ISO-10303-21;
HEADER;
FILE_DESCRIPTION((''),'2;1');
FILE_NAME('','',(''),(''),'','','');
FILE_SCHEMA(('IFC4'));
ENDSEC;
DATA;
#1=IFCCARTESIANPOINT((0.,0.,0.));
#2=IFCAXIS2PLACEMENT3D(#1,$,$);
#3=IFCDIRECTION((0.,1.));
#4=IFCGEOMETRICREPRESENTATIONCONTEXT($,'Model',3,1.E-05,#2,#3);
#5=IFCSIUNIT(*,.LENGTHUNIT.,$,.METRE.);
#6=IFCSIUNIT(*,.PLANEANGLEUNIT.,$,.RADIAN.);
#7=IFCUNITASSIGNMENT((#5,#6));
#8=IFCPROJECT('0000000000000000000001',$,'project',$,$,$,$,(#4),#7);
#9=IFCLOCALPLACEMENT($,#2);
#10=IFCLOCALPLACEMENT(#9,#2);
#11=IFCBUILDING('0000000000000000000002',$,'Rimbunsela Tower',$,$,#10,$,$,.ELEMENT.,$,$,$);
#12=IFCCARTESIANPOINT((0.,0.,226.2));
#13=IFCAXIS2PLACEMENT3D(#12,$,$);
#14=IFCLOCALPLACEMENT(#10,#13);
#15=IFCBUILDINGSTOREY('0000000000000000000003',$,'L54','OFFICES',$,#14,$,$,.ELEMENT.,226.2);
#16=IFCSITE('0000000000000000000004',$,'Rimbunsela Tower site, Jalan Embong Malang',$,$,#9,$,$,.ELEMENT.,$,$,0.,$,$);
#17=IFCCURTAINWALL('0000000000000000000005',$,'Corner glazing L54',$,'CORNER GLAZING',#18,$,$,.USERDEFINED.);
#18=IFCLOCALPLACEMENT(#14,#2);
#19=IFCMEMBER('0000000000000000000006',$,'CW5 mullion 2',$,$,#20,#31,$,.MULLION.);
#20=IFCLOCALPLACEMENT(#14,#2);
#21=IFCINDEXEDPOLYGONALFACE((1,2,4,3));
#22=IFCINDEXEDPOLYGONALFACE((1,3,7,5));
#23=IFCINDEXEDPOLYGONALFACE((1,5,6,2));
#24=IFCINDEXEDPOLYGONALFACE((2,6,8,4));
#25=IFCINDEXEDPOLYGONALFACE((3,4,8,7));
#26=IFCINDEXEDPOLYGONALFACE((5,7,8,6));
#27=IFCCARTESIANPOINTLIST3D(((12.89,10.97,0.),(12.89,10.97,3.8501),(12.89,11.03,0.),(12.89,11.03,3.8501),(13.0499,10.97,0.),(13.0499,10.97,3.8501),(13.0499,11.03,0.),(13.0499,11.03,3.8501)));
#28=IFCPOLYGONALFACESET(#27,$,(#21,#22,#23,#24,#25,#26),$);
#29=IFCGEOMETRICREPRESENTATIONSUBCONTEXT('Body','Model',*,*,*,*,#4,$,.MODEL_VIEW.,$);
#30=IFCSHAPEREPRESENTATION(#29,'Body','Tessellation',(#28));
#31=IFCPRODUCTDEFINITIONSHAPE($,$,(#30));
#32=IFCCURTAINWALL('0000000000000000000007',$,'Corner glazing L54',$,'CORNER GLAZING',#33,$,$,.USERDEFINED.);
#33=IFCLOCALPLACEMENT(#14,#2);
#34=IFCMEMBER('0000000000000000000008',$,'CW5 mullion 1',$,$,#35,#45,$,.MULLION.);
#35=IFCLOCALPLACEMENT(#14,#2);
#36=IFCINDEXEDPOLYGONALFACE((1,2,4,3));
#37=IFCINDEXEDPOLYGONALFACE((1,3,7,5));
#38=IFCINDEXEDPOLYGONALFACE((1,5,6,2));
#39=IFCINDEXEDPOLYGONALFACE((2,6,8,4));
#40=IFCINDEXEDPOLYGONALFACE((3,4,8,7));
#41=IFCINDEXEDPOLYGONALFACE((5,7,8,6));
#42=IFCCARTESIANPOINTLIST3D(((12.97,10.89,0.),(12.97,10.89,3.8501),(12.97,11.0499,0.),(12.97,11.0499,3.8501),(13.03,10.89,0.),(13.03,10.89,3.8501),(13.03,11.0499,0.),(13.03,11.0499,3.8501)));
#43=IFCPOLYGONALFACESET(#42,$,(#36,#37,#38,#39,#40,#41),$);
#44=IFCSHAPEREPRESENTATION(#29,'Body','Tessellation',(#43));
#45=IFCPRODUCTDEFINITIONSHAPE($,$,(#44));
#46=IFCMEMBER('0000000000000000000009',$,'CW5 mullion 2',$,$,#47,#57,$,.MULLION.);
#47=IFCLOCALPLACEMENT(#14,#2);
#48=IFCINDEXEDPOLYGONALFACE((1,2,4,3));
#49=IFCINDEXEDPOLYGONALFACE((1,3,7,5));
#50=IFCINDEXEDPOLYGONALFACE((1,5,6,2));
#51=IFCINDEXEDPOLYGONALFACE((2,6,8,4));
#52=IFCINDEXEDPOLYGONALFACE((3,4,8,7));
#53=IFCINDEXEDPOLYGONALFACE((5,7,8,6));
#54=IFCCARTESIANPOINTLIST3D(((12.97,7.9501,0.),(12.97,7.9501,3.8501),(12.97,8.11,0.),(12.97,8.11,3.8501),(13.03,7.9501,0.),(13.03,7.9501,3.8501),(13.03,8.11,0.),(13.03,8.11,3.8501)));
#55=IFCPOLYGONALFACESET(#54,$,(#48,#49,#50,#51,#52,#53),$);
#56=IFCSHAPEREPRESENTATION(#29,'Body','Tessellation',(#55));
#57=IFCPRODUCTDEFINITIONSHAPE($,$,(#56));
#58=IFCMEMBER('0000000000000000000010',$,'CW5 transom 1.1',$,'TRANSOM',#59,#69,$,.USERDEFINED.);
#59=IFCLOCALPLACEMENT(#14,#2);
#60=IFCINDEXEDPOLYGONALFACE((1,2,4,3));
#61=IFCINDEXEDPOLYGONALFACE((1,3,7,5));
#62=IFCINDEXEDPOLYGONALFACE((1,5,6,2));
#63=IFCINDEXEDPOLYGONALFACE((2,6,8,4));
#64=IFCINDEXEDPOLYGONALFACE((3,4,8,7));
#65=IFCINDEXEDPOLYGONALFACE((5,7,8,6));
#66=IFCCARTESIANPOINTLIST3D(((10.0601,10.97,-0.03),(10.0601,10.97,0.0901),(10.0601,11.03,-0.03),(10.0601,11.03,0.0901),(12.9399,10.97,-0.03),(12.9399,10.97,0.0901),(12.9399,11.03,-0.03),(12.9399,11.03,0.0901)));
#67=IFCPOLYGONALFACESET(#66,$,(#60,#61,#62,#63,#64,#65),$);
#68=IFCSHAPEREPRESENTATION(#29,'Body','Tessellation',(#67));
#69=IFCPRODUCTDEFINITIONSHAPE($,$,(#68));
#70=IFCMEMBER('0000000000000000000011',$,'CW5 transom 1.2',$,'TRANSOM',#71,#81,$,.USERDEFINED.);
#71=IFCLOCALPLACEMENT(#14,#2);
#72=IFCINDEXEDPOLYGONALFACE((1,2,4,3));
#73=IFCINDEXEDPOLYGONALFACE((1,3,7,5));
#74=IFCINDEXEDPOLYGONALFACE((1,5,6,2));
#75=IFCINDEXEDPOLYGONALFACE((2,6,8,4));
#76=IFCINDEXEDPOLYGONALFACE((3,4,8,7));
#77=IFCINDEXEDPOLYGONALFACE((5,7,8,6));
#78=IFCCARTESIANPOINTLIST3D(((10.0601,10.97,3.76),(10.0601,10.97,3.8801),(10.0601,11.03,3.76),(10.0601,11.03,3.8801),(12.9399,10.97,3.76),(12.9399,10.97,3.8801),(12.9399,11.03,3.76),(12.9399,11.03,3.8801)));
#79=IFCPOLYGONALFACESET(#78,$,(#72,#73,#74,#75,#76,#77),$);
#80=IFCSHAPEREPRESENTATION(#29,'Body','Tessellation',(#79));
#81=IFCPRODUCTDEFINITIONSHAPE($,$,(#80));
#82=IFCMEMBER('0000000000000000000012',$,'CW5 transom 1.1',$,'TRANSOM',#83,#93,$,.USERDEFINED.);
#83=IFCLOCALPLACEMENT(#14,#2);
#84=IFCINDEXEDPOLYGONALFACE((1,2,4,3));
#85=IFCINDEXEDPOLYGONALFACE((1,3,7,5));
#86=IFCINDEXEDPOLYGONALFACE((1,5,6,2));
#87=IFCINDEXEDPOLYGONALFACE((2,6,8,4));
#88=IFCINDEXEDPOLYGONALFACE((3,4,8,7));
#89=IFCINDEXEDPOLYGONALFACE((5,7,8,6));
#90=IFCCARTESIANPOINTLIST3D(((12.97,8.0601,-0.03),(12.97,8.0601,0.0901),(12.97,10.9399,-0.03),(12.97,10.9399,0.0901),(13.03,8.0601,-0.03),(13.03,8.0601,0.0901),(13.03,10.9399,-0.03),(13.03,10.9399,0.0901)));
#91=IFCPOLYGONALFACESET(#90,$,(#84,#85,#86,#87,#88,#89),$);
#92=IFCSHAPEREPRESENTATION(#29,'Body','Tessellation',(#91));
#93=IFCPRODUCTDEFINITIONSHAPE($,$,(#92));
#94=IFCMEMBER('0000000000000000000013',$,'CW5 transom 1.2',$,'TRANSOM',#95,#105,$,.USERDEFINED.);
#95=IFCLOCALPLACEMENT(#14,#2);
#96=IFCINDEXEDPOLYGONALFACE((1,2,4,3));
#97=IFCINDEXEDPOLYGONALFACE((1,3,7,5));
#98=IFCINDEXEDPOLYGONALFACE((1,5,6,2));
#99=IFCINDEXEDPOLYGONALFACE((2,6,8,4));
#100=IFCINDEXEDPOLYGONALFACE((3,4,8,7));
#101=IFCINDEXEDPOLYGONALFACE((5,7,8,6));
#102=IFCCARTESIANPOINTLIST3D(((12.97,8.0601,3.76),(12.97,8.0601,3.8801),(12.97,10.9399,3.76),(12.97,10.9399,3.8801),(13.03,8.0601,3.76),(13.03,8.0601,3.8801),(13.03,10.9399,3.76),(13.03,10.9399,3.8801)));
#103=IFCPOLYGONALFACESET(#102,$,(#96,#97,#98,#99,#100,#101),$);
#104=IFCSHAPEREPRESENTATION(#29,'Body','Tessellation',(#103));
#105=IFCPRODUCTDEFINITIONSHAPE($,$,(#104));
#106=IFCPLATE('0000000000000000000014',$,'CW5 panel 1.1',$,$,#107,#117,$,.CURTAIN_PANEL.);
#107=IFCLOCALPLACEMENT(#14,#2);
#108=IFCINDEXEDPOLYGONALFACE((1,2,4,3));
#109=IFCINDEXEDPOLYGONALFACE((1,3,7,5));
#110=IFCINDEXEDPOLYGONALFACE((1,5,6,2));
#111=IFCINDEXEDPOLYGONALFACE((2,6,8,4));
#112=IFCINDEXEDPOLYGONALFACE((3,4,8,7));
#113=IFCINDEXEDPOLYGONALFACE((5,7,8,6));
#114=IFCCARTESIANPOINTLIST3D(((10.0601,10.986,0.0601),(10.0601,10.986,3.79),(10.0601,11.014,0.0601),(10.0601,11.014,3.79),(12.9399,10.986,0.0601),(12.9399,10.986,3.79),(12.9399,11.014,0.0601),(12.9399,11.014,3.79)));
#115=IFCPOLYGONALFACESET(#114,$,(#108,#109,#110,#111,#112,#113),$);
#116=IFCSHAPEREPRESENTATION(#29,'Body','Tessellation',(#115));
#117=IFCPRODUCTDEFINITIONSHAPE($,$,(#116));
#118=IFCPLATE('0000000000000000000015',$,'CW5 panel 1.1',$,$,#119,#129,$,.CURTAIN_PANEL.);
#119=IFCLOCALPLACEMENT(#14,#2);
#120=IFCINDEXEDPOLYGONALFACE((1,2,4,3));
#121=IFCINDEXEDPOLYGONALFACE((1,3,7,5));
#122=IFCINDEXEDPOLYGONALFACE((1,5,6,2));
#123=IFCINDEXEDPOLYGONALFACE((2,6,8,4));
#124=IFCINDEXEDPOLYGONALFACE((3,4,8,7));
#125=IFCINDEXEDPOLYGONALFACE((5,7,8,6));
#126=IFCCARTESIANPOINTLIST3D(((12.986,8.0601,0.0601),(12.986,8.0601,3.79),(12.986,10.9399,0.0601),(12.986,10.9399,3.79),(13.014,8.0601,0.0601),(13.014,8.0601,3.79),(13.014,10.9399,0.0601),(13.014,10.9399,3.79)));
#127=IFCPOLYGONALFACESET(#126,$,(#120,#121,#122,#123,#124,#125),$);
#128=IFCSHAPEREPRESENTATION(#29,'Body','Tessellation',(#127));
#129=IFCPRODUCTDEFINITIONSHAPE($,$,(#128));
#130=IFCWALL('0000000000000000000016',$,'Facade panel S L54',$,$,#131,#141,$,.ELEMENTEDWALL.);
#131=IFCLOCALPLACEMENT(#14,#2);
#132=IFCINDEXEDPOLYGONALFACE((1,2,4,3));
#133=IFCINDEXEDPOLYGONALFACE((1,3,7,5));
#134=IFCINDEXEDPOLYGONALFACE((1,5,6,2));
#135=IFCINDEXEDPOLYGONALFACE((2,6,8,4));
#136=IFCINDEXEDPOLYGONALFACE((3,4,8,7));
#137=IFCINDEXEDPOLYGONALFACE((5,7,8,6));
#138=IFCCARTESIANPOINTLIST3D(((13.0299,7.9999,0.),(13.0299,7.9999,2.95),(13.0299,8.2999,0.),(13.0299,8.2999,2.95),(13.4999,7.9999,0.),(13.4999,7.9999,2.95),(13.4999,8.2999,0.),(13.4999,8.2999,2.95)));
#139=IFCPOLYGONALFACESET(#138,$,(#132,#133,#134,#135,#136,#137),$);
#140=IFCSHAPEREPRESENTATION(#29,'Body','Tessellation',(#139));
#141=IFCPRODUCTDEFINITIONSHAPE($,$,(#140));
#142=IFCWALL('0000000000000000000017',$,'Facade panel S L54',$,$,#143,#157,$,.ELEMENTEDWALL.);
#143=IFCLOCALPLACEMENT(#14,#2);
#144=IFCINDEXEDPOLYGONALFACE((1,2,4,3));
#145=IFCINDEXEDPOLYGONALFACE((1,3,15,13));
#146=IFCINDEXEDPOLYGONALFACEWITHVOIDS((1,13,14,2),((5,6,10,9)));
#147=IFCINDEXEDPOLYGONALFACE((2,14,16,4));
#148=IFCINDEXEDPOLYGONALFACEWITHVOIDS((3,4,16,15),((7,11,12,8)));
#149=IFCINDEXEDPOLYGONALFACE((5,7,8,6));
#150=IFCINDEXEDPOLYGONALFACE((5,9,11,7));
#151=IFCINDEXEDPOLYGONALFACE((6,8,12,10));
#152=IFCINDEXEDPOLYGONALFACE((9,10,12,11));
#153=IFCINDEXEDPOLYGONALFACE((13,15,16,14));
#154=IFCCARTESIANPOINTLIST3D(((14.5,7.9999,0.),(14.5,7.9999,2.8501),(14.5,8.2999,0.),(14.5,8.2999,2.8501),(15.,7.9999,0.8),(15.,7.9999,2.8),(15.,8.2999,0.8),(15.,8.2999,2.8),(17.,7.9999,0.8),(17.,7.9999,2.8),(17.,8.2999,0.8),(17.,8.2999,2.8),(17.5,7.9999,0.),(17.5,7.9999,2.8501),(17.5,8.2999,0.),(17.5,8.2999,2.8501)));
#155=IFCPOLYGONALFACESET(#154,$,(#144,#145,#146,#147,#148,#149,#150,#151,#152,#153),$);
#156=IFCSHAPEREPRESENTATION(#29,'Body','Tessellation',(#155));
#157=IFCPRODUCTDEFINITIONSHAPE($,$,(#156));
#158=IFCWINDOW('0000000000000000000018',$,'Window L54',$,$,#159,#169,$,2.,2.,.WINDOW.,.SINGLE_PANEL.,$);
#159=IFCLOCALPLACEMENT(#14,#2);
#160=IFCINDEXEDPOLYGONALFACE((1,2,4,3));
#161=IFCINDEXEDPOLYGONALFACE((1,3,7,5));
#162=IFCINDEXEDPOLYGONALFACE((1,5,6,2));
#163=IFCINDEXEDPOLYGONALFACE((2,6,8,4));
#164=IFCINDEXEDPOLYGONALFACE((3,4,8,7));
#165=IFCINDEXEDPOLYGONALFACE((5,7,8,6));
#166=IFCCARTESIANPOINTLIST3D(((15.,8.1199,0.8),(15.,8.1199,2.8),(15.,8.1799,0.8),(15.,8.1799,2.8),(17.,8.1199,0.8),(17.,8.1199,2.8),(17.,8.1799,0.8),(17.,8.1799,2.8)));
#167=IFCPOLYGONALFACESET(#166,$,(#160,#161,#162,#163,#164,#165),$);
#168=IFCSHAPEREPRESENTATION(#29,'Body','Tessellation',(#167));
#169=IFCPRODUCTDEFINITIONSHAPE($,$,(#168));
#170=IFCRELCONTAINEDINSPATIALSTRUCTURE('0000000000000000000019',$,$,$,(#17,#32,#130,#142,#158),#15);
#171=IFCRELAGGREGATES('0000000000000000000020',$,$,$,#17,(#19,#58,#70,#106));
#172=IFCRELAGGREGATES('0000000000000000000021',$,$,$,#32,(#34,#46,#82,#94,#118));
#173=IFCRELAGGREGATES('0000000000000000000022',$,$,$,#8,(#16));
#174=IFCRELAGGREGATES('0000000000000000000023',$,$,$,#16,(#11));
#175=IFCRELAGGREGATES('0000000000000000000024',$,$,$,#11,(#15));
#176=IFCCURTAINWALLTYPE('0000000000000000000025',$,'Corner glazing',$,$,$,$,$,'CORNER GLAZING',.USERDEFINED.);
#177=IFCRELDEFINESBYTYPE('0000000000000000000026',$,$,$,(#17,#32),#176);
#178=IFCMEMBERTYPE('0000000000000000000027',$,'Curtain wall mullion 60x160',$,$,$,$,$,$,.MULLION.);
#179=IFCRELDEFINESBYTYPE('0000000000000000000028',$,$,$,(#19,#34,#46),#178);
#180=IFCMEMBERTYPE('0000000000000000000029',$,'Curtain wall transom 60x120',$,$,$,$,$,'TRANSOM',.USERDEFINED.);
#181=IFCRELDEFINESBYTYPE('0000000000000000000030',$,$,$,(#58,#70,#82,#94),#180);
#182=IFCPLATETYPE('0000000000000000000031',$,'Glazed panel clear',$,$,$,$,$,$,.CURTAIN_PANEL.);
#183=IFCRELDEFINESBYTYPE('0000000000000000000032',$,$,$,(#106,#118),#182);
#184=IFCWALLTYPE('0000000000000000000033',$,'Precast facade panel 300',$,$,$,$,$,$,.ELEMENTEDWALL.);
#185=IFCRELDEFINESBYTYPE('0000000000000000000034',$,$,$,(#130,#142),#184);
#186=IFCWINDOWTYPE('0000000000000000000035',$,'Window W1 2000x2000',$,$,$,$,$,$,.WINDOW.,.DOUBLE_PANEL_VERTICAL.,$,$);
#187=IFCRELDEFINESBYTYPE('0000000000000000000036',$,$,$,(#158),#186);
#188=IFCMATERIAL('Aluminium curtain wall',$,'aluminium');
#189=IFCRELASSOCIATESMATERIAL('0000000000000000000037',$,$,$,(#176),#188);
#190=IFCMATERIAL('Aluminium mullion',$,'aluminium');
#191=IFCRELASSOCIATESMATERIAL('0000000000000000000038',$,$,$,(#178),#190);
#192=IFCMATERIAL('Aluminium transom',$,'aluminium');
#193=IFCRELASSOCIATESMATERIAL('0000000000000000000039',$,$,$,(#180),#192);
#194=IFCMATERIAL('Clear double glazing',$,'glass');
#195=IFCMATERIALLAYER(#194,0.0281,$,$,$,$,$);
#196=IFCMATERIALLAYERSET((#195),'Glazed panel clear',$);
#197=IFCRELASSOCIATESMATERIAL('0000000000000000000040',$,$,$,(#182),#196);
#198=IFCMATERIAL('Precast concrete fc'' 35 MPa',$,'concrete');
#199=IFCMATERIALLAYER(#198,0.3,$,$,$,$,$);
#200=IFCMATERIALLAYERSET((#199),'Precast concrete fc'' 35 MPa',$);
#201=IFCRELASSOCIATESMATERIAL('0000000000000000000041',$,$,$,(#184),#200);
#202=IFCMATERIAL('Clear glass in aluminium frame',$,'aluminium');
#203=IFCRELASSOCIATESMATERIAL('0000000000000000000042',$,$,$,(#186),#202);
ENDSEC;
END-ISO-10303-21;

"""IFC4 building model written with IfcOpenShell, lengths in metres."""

from ifc_helpers import new_model, si_unit, direction, frame, frame_2d, origin, origin_2d, place, context, subcontext, project, spatial, rectangle, extrude, material, layer, layer_set, material_profile, profile_set, type_object, element, fill, aggregate, save


model = new_model("IFC4")

# Units and contexts
model_context = context("Model", 3, precision=1e-05, world=origin(), true_north=direction((0.0, 1.0)))
body_context = subcontext(model_context, "Body", "Model", "MODEL_VIEW")
ifc_project = project(units=[si_unit("LENGTHUNIT", "METRE"), si_unit("PLANEANGLEUNIT", "RADIAN")], contexts=[model_context])

# Site, building, storey
site_placement = place(None, origin())
site = spatial("IfcSite", under=ifc_project, at=site_placement, Name="Rimbunsela Tower site, Jalan Embong Malang", CompositionType="ELEMENT", RefElevation=0.0)
building_placement = place(site_placement, origin())
building = spatial("IfcBuilding", under=site, at=building_placement, Name="Rimbunsela Tower", CompositionType="ELEMENT")
storey_placement = place(building_placement, frame((0.0, 0.0, 226.2)))
storey = spatial("IfcBuildingStorey", under=building, at=storey_placement, Name="L54", Description="OFFICES", CompositionType="ELEMENT", Elevation=226.2)

# Curtain walls, members
ifc_material_1 = material(Name="Aluminium curtain wall", Category="aluminium")
curtain_wall_type = type_object("IfcCurtainWallType", Name="Corner glazing", ElementType="CORNER GLAZING", PredefinedType="USERDEFINED", material=ifc_material_1)
curtain_wall_1_placement = place(storey_placement, origin())
curtain_wall_1 = element("IfcCurtainWall", 1, at=curtain_wall_1_placement, inside=storey, type_object=curtain_wall_type, Name="Corner glazing L54", ObjectType="CORNER GLAZING", PredefinedType="USERDEFINED")
ifc_material_2 = material(Name="Aluminium mullion", Category="aluminium")
ifc_material_profile_1 = material_profile(ifc_material_2, rectangle(XDim=0.0601, YDim=0.1599, at=origin_2d()), Name="Mullion 60x160")
ifc_profile_set_1 = profile_set([ifc_material_profile_1], Name="Aluminium mullion")
member_type_1 = type_object("IfcMemberType", Name="Curtain wall mullion 60x160", PredefinedType="MULLION", material=ifc_profile_set_1)
member_1_placement = place(storey_placement, frame((12.97, 11.0, 0.0), z_axis=(0.0, 0.0, 1.0), x_axis=(0.0, 1.0, 0.0)))
member_1 = element("IfcMember", 2, at=member_1_placement, type_object=member_type_1, Name="CW5 mullion 2", PredefinedType="MULLION", context=body_context, shape_type="SweptSolid", body=[
    extrude(rectangle(XDim=0.0601, YDim=0.1599, at=origin_2d()), origin(), (0.0, 0.0, 1.0), 3.8501),
])
curtain_wall_2_placement = place(storey_placement, origin())
curtain_wall_2 = element("IfcCurtainWall", 3, at=curtain_wall_2_placement, inside=storey, type_object=curtain_wall_type, Name="Corner glazing L54", ObjectType="CORNER GLAZING", PredefinedType="USERDEFINED")
member_2_placement = place(storey_placement, frame((13.0, 10.97, 0.0), z_axis=(0.0, 0.0, 1.0), x_axis=(1.0, 0.0, 0.0)))
member_2 = element("IfcMember", 4, at=member_2_placement, type_object=member_type_1, Name="CW5 mullion 1", PredefinedType="MULLION", context=body_context, shape_type="SweptSolid", body=[
    extrude(rectangle(XDim=0.0601, YDim=0.1599, at=origin_2d()), origin(), (0.0, 0.0, 1.0), 3.8501),
])
member_3_placement = place(storey_placement, frame((13.0, 8.03, 0.0), z_axis=(0.0, 0.0, 1.0), x_axis=(1.0, 0.0, 0.0)))
member_3 = element("IfcMember", 5, at=member_3_placement, type_object=member_type_1, Name="CW5 mullion 2", PredefinedType="MULLION", context=body_context, shape_type="SweptSolid", body=[
    extrude(rectangle(XDim=0.0601, YDim=0.1599, at=origin_2d()), origin(), (0.0, 0.0, 1.0), 3.8501),
])

# Members
ifc_material_3 = material(Name="Aluminium transom", Category="aluminium")
ifc_material_profile_2 = material_profile(ifc_material_3, rectangle(XDim=0.0601, YDim=0.1201, at=origin_2d()), Name="Transom 60x120")
ifc_profile_set_2 = profile_set([ifc_material_profile_2], Name="Aluminium transom")
member_type_2 = type_object("IfcMemberType", Name="Curtain wall transom 60x120", ElementType="TRANSOM", PredefinedType="USERDEFINED", material=ifc_profile_set_2)
member_4_placement = place(storey_placement, frame((10.0601, 11.0, 0.03), z_axis=(1.0, 0.0, 0.0), x_axis=(0.0, 1.0, 0.0)))
member_4 = element("IfcMember", 6, at=member_4_placement, type_object=member_type_2, Name="CW5 transom 1.1", ObjectType="TRANSOM", PredefinedType="USERDEFINED", context=body_context, shape_type="SweptSolid", body=[
    extrude(rectangle(XDim=0.0601, YDim=0.1201, at=origin_2d()), origin(), (0.0, 0.0, 1.0), 2.8799),
])
member_5_placement = place(storey_placement, frame((10.0601, 11.0, 3.8201), z_axis=(1.0, 0.0, 0.0), x_axis=(0.0, 1.0, 0.0)))
member_5 = element("IfcMember", 7, at=member_5_placement, type_object=member_type_2, Name="CW5 transom 1.2", ObjectType="TRANSOM", PredefinedType="USERDEFINED", context=body_context, shape_type="SweptSolid", body=[
    extrude(rectangle(XDim=0.0601, YDim=0.1201, at=origin_2d()), origin(), (0.0, 0.0, 1.0), 2.8799),
])
member_6_placement = place(storey_placement, frame((13.0, 10.9399, 0.03), z_axis=(0.0, -1.0, 0.0), x_axis=(1.0, 0.0, 0.0)))
member_6 = element("IfcMember", 8, at=member_6_placement, type_object=member_type_2, Name="CW5 transom 1.1", ObjectType="TRANSOM", PredefinedType="USERDEFINED", context=body_context, shape_type="SweptSolid", body=[
    extrude(rectangle(XDim=0.0601, YDim=0.1201, at=origin_2d()), origin(), (0.0, 0.0, 1.0), 2.8799),
])
member_7_placement = place(storey_placement, frame((13.0, 10.9399, 3.8201), z_axis=(0.0, -1.0, 0.0), x_axis=(1.0, 0.0, 0.0)))
member_7 = element("IfcMember", 9, at=member_7_placement, type_object=member_type_2, Name="CW5 transom 1.2", ObjectType="TRANSOM", PredefinedType="USERDEFINED", context=body_context, shape_type="SweptSolid", body=[
    extrude(rectangle(XDim=0.0601, YDim=0.1201, at=origin_2d()), origin(), (0.0, 0.0, 1.0), 2.8799),
])

# Plates
ifc_material_4 = material(Name="Clear double glazing", Category="glass")
ifc_layer_1 = layer(ifc_material_4, 0.0281)
ifc_layer_set_1 = layer_set([ifc_layer_1], Name="Glazed panel clear")
plate_type = type_object("IfcPlateType", Name="Glazed panel clear", PredefinedType="CURTAIN_PANEL", material=ifc_layer_set_1)
plate_1_placement = place(storey_placement, frame((11.5, 11.0, 0.0601), z_axis=(0.0, 0.0, 1.0), x_axis=(1.0, 0.0, 0.0)))
plate_1 = element("IfcPlate", 10, at=plate_1_placement, type_object=plate_type, Name="CW5 panel 1.1", PredefinedType="CURTAIN_PANEL", context=body_context, shape_type="SweptSolid", body=[
    extrude(rectangle(XDim=2.8799, YDim=0.0281, at=origin_2d()), origin(), (0.0, 0.0, 1.0), 3.73),
])
aggregate(curtain_wall_1, [member_1, member_4, member_5, plate_1])
plate_2_placement = place(storey_placement, frame((13.0, 9.5, 0.0601), z_axis=(0.0, 0.0, 1.0), x_axis=(0.0, -1.0, 0.0)))
plate_2 = element("IfcPlate", 11, at=plate_2_placement, type_object=plate_type, Name="CW5 panel 1.1", PredefinedType="CURTAIN_PANEL", context=body_context, shape_type="SweptSolid", body=[
    extrude(rectangle(XDim=2.8799, YDim=0.0281, at=origin_2d()), origin(), (0.0, 0.0, 1.0), 3.73),
])
aggregate(curtain_wall_2, [member_2, member_3, member_6, member_7, plate_2])

# Wall
ifc_material_5 = material(Name="Precast concrete fc' 35 MPa", Category="concrete")
ifc_layer_2 = layer(ifc_material_5, 0.3)
ifc_layer_set_2 = layer_set([ifc_layer_2], Name="Precast concrete fc' 35 MPa")
wall_type = type_object("IfcWallType", Name="Precast facade panel 300", PredefinedType="ELEMENTEDWALL", material=ifc_layer_set_2)
wall_1_placement = place(storey_placement, frame((13.03, 8.1499, 0.0), z_axis=(0.0, 0.0, 1.0), x_axis=(1.0, 0.0, 0.0)))
element("IfcWall", 12, at=wall_1_placement, inside=storey, type_object=wall_type, Name="Facade panel S L54", PredefinedType="ELEMENTEDWALL", context=body_context, shape_type="SweptSolid", body=[
    extrude(rectangle(XDim=0.47, YDim=0.3, at=frame_2d((0.2349, 0.0))), origin(), (0.0, 0.0, 1.0), 2.95),
])

# Wall, opening, window
wall_2_placement = place(storey_placement, frame((14.5, 8.1499, 0.0), z_axis=(0.0, 0.0, 1.0), x_axis=(1.0, 0.0, 0.0)))
wall_2 = element("IfcWall", 13, at=wall_2_placement, inside=storey, type_object=wall_type, Name="Facade panel S L54", PredefinedType="ELEMENTEDWALL", context=body_context, shape_type="SweptSolid", body=[
    extrude(rectangle(XDim=3.0, YDim=0.3, at=frame_2d((1.5, 0.0))), origin(), (0.0, 0.0, 1.0), 2.8501),
])
opening_1_placement = place(wall_2_placement, frame((0.5, 0.0, 0.8)))
opening_1 = element("IfcOpeningElement", 14, at=opening_1_placement, cuts=wall_2, PredefinedType="OPENING", context=body_context, shape_type="SweptSolid", body=[
    extrude(rectangle(XDim=2.0, YDim=2.0, at=frame_2d((1.0, 1.0))), frame((0.0, 0.1599, 0.0), z_axis=(0.0, -1.0, 0.0), x_axis=(1.0, 0.0, 0.0)), (0.0, 0.0, 1.0), 0.3201),
])
ifc_material_6 = material(Name="Clear glass in aluminium frame", Category="aluminium")
window_type = type_object("IfcWindowType", Name="Window W1 2000x2000", PartitioningType="DOUBLE_PANEL_VERTICAL", PredefinedType="WINDOW", material=ifc_material_6)
window_1_placement = place(opening_1_placement, origin())
window_1 = element("IfcWindow", 15, at=window_1_placement, inside=storey, type_object=window_type, Name="Window L54", OverallHeight=2.0, OverallWidth=2.0, PartitioningType="SINGLE_PANEL", PredefinedType="WINDOW", context=body_context, shape_type="SweptSolid", body=[
    extrude(rectangle(XDim=2.0, YDim=2.0, at=frame_2d((1.0, 1.0))), frame((0.0, 0.03, 0.0), z_axis=(0.0, -1.0, 0.0), x_axis=(1.0, 0.0, 0.0)), (0.0, 0.0, 1.0), 0.0601),
])
fill(opening_1, window_1)

save(model, "model.ifc")
